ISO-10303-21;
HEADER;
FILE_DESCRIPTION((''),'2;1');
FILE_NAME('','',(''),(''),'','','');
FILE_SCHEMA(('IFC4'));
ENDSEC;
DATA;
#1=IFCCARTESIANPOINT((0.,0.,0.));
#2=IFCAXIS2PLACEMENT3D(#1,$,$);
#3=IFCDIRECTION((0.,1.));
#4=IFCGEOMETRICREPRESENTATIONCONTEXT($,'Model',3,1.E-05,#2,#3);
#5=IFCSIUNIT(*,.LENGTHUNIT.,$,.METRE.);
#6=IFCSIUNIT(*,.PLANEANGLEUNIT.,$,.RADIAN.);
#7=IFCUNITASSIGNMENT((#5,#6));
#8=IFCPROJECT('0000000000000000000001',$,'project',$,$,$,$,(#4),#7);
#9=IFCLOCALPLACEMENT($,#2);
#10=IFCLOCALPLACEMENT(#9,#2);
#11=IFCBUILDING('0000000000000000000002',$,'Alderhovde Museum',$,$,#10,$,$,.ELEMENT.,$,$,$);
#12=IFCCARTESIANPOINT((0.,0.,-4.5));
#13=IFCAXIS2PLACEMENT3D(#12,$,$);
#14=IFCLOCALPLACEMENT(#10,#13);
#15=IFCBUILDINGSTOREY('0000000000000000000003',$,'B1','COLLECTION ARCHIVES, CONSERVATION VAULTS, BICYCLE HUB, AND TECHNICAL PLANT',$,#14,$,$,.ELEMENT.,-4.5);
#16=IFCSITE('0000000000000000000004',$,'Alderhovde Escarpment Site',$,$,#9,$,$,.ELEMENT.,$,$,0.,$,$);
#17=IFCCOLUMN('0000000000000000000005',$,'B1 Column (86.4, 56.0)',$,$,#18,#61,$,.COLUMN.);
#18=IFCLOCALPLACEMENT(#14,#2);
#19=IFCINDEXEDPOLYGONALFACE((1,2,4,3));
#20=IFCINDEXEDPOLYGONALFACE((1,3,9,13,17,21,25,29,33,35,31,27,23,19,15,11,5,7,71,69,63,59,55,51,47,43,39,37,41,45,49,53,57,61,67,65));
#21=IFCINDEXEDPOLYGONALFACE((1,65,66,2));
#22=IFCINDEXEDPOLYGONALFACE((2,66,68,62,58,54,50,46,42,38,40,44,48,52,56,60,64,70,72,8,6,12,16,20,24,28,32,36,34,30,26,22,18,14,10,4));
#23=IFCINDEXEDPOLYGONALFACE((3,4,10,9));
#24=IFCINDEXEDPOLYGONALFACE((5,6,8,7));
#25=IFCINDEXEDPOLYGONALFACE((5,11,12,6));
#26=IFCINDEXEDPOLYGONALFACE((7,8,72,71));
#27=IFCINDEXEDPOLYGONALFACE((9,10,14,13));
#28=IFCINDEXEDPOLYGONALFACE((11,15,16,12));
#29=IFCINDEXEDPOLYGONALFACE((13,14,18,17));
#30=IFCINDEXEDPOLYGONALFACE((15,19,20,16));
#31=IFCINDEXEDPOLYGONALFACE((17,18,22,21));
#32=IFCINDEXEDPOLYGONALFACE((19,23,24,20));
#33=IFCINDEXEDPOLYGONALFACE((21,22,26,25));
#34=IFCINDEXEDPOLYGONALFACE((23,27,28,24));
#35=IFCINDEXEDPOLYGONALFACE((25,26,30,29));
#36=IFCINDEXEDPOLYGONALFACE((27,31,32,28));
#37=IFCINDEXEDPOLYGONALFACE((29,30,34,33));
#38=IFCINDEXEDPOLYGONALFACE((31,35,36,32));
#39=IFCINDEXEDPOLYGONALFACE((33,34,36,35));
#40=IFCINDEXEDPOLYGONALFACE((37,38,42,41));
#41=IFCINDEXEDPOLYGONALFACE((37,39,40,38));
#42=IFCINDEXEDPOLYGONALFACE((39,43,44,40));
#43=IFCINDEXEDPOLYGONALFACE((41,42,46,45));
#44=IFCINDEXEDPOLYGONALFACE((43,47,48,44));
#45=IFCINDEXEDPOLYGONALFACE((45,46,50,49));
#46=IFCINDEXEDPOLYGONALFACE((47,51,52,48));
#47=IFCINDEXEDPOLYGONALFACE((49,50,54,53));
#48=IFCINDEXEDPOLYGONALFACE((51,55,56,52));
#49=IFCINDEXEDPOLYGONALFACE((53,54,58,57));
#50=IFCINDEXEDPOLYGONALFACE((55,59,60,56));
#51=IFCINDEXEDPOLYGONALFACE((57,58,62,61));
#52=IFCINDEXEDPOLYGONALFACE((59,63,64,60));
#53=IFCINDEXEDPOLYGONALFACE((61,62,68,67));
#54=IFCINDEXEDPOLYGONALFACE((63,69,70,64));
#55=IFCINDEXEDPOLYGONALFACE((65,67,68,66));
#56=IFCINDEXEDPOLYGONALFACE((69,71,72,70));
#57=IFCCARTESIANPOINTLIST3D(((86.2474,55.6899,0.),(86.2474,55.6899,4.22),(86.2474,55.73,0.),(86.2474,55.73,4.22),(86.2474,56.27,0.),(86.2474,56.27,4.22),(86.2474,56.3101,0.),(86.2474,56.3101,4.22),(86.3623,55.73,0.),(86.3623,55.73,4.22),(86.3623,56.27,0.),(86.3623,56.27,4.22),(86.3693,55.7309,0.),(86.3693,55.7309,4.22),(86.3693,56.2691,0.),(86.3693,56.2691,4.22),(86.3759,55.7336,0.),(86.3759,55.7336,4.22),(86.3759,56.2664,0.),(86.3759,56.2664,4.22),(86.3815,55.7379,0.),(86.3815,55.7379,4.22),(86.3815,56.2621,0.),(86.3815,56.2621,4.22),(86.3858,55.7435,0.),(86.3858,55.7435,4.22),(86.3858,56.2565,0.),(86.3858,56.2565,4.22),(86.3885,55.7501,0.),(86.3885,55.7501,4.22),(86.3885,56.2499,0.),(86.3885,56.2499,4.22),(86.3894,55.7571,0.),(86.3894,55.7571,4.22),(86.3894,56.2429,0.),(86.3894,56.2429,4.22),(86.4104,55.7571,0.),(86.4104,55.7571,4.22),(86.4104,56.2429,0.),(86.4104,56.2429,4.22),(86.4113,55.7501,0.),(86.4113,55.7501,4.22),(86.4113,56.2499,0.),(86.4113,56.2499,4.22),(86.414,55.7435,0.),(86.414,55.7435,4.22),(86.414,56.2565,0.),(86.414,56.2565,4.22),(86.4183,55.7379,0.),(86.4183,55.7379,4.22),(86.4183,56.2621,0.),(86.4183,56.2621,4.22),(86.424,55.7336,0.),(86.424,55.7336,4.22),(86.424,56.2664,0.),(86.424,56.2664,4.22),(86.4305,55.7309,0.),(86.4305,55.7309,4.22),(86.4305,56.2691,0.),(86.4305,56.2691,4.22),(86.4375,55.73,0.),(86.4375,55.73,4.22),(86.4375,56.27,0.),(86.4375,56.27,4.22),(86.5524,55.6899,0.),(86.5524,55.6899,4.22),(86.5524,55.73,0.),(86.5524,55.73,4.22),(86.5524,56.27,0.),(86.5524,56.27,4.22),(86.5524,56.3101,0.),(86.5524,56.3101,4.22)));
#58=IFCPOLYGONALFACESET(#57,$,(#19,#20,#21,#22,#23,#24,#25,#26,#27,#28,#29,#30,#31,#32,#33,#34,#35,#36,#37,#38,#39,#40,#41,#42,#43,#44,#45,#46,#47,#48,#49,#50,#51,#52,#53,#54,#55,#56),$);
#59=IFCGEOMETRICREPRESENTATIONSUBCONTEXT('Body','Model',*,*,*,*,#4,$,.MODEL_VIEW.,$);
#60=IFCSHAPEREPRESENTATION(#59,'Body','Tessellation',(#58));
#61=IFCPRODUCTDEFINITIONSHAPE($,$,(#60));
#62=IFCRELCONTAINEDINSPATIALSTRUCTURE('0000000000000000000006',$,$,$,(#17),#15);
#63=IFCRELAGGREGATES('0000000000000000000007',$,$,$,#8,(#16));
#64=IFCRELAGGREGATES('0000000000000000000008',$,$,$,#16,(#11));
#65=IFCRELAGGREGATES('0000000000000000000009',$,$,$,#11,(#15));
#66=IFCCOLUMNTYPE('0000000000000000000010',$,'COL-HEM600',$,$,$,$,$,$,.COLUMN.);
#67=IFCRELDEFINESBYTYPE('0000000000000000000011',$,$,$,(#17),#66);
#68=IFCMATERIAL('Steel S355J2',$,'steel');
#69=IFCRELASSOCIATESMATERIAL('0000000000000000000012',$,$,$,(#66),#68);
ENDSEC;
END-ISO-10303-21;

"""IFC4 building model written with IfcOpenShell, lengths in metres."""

from ifc_helpers import new_model, si_unit, direction, frame, origin, origin_2d, place, context, subcontext, project, spatial, i_section, extrude, material, material_profile, profile_set, type_object, element, save


model = new_model("IFC4")

# Units and contexts
model_context = context("Model", 3, precision=1e-05, world=origin(), true_north=direction((0.0, 1.0)))
body_context = subcontext(model_context, "Body", "Model", "MODEL_VIEW")
ifc_project = project(units=[si_unit("LENGTHUNIT", "METRE"), si_unit("PLANEANGLEUNIT", "RADIAN")], contexts=[model_context])

# Site, building, storey
site_placement = place(None, origin())
site = spatial("IfcSite", under=ifc_project, at=site_placement, Name="Alderhovde Escarpment Site", CompositionType="ELEMENT", RefElevation=0.0)
building_placement = place(site_placement, origin())
building = spatial("IfcBuilding", under=site, at=building_placement, Name="Alderhovde Museum", CompositionType="ELEMENT")
storey_placement = place(building_placement, frame((0.0, 0.0, -4.5)))
storey = spatial("IfcBuildingStorey", under=building, at=storey_placement, Name="B1", Description="COLLECTION ARCHIVES, CONSERVATION VAULTS, BICYCLE HUB, AND TECHNICAL PLANT", CompositionType="ELEMENT", Elevation=-4.5)

# Column
ifc_material_1 = material(Name="Steel S355J2", Category="steel")
ifc_material_profile_1 = material_profile(ifc_material_1, i_section(OverallWidth=0.3049, OverallDepth=0.6201, WebThickness=0.021, FlangeThickness=0.04, FilletRadius=0.0271, at=origin_2d()), Name="HEM 600")
ifc_profile_set_1 = profile_set([ifc_material_profile_1], Name="Steel S355J2")
column_type_1 = type_object("IfcColumnType", Name="COL-HEM600", PredefinedType="COLUMN", material=ifc_profile_set_1)
for number, where, z_axis, x_axis, name in (
    (1, (86.3999, 56.0, 0.0), (0.0, 0.0, 1.0), (1.0, 0.0, 0.0), "B1 Column (86.4, 56.0)"),
):
    element("IfcColumn", number, at=place(storey_placement, frame(where, z_axis=z_axis, x_axis=x_axis)), inside=storey, type_object=column_type_1, Name=name, PredefinedType="COLUMN", context=body_context, shape_type="SweptSolid", body=[
        extrude(i_section(OverallWidth=0.3049, OverallDepth=0.6201, WebThickness=0.021, FlangeThickness=0.04, FilletRadius=0.0271, at=origin_2d()), origin(), (0.0, 0.0, 1.0), 4.22),
    ])

save(model, "model.ifc")
